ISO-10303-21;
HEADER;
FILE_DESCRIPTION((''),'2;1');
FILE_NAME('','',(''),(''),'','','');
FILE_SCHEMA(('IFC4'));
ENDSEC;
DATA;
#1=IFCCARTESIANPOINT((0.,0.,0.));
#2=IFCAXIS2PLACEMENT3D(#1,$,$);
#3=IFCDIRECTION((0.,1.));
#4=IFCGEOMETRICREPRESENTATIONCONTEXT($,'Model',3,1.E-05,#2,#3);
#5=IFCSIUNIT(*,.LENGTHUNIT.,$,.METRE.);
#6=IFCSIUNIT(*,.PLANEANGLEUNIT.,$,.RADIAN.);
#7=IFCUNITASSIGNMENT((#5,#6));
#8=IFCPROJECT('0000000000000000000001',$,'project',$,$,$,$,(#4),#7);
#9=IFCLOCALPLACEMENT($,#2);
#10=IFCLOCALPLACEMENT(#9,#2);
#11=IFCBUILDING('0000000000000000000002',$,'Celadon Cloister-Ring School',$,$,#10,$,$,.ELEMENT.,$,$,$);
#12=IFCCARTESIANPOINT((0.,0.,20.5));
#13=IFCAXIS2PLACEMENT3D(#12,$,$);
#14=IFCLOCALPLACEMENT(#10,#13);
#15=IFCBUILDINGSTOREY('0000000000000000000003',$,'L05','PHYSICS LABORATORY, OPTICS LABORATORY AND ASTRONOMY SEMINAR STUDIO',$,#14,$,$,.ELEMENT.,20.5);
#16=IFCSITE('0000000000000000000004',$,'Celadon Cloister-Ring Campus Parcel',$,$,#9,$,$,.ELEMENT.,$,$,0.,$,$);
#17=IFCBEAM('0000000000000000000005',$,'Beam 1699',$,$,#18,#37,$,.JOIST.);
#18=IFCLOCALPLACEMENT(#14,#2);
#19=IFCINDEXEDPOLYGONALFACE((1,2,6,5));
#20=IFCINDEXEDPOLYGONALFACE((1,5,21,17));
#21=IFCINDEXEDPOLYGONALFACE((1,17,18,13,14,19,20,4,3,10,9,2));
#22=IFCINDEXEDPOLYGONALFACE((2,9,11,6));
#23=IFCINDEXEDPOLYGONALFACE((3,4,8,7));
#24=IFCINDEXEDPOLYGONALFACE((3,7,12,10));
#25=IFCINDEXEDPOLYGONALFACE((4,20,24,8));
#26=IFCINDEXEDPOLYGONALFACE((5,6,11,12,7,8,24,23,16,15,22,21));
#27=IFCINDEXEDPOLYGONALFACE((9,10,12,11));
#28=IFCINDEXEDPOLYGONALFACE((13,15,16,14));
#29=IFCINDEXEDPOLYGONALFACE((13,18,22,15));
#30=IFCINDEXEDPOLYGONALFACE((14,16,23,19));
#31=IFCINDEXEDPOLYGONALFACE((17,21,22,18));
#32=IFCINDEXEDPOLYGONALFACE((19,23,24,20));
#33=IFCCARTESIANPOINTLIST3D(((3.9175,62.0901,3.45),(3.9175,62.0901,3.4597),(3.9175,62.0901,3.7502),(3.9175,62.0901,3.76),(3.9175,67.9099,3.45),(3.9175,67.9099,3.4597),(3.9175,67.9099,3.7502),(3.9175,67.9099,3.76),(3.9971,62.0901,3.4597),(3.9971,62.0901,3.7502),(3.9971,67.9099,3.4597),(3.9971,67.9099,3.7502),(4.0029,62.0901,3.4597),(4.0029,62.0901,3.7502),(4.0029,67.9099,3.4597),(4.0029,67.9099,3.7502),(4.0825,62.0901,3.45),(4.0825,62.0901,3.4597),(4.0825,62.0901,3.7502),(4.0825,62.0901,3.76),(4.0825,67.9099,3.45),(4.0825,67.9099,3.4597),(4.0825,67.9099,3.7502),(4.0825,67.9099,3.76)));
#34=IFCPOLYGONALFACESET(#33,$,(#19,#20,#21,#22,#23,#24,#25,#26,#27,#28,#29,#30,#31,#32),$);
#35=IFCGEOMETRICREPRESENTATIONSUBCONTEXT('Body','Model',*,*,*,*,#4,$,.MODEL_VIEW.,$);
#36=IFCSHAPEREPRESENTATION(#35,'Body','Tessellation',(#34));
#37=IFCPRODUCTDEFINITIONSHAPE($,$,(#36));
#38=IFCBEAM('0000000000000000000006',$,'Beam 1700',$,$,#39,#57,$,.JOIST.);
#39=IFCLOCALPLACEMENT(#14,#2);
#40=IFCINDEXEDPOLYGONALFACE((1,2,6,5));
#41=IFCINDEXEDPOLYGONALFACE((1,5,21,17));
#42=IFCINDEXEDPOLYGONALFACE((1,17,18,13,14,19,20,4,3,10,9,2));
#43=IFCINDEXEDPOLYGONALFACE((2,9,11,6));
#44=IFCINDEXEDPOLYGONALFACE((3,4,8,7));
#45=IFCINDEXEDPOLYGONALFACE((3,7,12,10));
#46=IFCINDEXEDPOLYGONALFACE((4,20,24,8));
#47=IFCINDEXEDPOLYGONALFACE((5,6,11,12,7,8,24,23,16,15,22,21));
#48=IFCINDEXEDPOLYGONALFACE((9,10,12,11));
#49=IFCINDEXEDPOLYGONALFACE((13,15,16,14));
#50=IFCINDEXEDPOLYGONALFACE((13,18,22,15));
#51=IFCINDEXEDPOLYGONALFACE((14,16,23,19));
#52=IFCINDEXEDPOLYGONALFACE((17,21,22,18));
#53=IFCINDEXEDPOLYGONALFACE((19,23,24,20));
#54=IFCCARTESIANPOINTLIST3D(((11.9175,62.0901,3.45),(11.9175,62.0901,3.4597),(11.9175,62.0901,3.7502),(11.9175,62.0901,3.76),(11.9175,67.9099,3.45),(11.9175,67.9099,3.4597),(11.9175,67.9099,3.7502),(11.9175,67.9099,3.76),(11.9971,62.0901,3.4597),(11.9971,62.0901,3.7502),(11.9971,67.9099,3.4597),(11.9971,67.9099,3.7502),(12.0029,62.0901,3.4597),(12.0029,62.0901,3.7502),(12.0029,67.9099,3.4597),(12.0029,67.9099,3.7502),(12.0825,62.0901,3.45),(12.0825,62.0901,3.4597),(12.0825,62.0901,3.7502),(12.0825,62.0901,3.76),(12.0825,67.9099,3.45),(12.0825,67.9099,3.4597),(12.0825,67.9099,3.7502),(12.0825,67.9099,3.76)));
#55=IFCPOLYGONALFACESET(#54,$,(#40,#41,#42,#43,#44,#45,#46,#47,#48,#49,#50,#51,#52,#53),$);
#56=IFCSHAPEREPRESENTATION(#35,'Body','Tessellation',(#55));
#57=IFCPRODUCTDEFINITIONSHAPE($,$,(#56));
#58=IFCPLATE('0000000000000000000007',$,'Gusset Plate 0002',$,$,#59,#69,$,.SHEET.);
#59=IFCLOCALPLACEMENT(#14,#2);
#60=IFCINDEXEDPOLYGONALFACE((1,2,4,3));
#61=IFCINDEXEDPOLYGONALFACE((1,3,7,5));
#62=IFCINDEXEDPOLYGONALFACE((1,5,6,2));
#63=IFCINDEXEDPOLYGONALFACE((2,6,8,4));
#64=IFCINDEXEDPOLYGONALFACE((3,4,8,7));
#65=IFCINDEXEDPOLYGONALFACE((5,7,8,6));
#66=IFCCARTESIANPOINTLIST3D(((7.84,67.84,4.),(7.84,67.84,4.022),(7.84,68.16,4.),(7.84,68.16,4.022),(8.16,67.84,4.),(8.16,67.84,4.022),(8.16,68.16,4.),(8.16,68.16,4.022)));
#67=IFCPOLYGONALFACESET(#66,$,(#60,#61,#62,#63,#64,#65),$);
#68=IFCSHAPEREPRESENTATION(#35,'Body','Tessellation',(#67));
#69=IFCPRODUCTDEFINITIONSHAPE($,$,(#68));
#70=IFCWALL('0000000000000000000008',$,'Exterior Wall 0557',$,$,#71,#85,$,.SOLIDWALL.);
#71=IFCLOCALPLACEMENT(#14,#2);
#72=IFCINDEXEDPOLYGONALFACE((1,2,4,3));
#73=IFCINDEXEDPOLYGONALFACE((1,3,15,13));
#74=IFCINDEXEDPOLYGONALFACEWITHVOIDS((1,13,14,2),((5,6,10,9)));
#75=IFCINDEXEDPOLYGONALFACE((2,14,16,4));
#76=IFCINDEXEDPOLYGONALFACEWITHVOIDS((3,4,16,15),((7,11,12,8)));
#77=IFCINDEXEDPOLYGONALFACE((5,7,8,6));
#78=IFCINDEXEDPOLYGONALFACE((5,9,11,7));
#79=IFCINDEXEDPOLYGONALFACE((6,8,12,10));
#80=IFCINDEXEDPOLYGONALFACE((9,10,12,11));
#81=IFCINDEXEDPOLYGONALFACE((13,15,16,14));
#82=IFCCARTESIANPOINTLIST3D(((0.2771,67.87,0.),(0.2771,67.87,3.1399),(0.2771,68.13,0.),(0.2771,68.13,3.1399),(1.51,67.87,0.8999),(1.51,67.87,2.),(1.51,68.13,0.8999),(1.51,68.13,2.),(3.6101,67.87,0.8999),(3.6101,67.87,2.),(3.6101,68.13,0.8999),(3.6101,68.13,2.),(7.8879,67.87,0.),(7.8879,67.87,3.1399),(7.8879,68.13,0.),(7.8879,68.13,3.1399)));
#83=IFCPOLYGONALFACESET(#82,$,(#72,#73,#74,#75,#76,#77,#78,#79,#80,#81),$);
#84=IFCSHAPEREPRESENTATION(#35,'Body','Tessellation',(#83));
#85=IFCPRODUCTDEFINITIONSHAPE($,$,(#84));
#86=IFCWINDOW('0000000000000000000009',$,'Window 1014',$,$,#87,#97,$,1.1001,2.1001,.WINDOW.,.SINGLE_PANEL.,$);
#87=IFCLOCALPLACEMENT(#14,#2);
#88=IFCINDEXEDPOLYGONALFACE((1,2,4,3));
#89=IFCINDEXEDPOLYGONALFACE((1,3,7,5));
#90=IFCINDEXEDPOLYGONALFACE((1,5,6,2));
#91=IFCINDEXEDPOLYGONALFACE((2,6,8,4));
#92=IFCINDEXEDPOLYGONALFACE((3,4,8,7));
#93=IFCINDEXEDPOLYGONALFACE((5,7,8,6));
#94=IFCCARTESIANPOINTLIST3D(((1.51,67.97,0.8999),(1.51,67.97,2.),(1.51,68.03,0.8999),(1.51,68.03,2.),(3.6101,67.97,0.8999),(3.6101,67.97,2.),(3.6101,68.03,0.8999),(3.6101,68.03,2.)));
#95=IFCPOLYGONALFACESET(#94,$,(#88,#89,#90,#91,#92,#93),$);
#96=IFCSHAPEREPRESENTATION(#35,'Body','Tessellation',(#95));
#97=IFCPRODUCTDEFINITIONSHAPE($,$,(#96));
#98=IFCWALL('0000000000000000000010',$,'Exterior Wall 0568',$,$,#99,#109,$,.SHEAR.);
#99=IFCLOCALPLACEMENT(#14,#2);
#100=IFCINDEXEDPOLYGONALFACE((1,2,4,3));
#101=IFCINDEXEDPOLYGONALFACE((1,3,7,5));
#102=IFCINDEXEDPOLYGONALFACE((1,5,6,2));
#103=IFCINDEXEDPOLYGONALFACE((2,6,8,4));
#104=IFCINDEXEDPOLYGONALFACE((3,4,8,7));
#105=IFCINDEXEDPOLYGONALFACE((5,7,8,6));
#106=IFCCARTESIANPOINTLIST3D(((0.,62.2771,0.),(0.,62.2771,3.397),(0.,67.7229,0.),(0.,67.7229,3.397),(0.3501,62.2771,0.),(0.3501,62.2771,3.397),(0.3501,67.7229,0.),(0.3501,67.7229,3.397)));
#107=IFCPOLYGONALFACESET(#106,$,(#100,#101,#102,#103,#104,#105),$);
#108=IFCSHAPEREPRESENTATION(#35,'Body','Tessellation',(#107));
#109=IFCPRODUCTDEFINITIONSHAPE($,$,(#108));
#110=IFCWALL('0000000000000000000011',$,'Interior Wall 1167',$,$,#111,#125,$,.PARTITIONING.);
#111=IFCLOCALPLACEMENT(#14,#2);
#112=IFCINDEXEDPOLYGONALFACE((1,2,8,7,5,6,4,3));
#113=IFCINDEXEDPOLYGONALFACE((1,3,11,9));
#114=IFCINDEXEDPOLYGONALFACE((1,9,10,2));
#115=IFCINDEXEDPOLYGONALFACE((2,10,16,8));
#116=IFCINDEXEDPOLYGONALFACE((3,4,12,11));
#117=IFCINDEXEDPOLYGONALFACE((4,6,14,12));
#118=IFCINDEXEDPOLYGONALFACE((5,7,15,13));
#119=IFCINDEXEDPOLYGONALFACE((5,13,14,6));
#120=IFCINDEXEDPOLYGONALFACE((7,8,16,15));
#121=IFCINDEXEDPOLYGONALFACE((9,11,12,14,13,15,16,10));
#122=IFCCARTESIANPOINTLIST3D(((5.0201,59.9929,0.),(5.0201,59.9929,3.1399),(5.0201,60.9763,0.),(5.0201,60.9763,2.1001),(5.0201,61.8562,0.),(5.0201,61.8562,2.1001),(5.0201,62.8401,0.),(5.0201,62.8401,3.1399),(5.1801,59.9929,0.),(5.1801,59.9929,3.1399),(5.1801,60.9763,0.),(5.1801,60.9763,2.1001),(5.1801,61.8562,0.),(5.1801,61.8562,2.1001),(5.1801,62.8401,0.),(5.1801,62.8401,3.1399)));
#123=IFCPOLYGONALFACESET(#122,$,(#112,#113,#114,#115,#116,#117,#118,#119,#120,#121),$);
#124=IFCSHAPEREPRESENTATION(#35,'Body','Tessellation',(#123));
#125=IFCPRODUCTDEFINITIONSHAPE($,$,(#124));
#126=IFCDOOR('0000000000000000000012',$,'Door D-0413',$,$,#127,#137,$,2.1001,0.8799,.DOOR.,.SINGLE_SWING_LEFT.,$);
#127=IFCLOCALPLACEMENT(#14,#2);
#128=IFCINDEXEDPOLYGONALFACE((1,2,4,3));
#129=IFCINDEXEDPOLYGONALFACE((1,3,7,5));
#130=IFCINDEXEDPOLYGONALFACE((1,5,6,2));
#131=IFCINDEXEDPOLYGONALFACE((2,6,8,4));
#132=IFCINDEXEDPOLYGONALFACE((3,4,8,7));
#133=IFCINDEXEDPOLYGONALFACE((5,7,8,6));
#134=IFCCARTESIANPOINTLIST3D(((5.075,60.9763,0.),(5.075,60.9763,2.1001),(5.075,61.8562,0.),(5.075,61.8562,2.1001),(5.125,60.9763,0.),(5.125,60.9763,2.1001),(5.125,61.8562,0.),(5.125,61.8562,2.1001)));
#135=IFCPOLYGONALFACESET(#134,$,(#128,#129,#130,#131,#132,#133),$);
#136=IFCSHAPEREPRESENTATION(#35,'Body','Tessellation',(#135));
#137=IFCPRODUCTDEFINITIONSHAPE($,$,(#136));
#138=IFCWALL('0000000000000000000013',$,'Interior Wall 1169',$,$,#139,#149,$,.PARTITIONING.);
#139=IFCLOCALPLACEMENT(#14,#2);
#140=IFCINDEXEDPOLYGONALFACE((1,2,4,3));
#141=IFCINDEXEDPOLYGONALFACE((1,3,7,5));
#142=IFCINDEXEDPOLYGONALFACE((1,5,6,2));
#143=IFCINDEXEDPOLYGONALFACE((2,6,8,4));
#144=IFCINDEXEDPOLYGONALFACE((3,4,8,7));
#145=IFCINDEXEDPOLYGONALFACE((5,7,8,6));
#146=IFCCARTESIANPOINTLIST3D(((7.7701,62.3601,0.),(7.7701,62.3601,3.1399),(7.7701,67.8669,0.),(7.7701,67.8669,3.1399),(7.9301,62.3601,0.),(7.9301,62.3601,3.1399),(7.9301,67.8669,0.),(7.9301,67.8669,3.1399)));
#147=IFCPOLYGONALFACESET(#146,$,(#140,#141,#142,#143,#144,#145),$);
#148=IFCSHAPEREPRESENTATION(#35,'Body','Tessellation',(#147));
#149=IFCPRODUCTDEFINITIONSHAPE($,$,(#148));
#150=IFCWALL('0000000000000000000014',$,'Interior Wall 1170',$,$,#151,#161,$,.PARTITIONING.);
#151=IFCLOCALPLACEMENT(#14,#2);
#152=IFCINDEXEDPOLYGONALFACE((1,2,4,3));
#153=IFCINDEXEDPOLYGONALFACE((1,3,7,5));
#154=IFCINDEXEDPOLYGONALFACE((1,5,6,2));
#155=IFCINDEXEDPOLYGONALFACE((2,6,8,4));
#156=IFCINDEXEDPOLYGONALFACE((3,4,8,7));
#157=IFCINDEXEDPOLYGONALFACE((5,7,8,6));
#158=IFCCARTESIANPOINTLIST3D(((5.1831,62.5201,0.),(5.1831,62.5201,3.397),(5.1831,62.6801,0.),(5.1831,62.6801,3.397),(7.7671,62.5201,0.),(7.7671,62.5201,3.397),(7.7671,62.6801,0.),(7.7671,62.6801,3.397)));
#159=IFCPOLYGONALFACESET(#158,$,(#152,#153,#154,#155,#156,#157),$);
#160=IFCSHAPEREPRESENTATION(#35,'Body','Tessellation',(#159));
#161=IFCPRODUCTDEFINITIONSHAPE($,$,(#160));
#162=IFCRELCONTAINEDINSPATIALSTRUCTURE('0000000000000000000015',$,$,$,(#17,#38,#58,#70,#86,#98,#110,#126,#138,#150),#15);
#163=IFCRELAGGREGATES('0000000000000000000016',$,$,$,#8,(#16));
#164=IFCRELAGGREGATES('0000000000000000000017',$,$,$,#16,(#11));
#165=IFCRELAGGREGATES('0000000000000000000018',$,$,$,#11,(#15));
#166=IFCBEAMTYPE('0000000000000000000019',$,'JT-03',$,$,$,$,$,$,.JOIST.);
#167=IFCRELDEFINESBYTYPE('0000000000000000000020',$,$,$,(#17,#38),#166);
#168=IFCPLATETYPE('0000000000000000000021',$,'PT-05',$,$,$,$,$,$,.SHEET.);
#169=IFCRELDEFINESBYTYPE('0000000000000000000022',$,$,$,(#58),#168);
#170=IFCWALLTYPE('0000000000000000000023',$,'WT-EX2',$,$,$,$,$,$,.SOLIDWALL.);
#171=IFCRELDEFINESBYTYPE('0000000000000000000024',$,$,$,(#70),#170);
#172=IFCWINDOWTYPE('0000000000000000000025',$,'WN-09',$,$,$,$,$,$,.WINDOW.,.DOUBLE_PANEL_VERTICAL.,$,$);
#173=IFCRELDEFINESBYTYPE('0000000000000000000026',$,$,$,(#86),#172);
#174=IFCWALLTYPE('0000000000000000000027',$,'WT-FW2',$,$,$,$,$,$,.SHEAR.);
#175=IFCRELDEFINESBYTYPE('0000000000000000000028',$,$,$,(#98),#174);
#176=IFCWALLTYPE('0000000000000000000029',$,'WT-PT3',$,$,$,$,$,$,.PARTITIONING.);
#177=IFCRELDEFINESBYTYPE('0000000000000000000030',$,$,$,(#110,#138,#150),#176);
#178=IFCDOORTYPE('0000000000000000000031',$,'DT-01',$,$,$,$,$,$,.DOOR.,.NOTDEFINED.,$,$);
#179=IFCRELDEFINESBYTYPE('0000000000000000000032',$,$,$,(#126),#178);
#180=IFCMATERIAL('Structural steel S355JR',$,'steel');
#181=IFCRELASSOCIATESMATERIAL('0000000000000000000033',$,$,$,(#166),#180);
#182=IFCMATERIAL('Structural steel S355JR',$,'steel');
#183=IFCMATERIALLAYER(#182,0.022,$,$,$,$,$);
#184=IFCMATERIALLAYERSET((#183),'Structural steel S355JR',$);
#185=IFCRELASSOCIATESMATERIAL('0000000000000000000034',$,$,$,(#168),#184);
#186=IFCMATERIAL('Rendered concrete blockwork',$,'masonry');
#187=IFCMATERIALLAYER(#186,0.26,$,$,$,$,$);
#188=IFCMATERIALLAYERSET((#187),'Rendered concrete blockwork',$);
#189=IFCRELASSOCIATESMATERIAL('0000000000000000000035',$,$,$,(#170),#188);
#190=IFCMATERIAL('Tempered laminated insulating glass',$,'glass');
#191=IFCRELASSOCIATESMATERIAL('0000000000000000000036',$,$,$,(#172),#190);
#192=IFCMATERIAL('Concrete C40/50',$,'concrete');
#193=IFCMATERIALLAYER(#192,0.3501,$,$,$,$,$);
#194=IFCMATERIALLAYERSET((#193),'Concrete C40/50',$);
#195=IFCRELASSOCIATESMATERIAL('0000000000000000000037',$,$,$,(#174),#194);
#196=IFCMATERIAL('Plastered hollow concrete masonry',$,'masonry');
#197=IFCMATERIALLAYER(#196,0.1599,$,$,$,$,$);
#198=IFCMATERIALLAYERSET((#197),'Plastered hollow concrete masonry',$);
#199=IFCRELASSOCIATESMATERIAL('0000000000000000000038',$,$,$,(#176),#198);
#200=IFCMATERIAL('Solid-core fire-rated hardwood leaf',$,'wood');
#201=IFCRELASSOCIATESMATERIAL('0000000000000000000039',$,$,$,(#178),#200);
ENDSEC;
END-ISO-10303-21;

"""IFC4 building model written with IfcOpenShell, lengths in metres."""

from ifc_helpers import new_model, si_unit, direction, frame, frame_2d, origin, origin_2d, place, context, subcontext, project, spatial, rectangle, i_section, extrude, material, layer, layer_set, material_profile, profile_set, type_object, element, fill, save


model = new_model("IFC4")

# Units and contexts
model_context = context("Model", 3, precision=1e-05, world=origin(), true_north=direction((0.0, 1.0)))
body_context = subcontext(model_context, "Body", "Model", "MODEL_VIEW")
ifc_project = project(units=[si_unit("LENGTHUNIT", "METRE"), si_unit("PLANEANGLEUNIT", "RADIAN")], contexts=[model_context])

# Site, building, storey
site_placement = place(None, origin())
site = spatial("IfcSite", under=ifc_project, at=site_placement, Name="Celadon Cloister-Ring Campus Parcel", CompositionType="ELEMENT", RefElevation=0.0)
building_placement = place(site_placement, origin())
building = spatial("IfcBuilding", under=site, at=building_placement, Name="Celadon Cloister-Ring School", CompositionType="ELEMENT")
storey_placement = place(building_placement, frame((0.0, 0.0, 20.5)))
storey = spatial("IfcBuildingStorey", under=building, at=storey_placement, Name="L05", Description="PHYSICS LABORATORY, OPTICS LABORATORY AND ASTRONOMY SEMINAR STUDIO", CompositionType="ELEMENT", Elevation=20.5)

# Beams
ifc_material_1 = material(Name="Structural steel S355JR", Category="steel")
ifc_material_profile_1 = material_profile(ifc_material_1, i_section(OverallWidth=0.165, OverallDepth=0.3101, WebThickness=0.0059, FlangeThickness=0.0098, at=origin_2d()), Name="W310X39")
ifc_profile_set_1 = profile_set([ifc_material_profile_1], Name="Structural steel S355JR")
beam_type_1 = type_object("IfcBeamType", Name="JT-03", PredefinedType="JOIST", material=ifc_profile_set_1)
for number, where, z_axis, x_axis, name in (
    (1, (4.0, 62.0901, 3.605), (0.0, 1.0, 0.0), (-1.0, 0.0, 0.0), "Beam 1699"),
    (2, (12.0, 62.0901, 3.605), (0.0, 1.0, 0.0), (-1.0, 0.0, 0.0), "Beam 1700"),
):
    element("IfcBeam", number, at=place(storey_placement, frame(where, z_axis=z_axis, x_axis=x_axis)), inside=storey, type_object=beam_type_1, Name=name, PredefinedType="JOIST", context=body_context, shape_type="SweptSolid", body=[
        extrude(i_section(OverallWidth=0.165, OverallDepth=0.3101, WebThickness=0.0059, FlangeThickness=0.0098, at=origin_2d()), origin(), (0.0, 0.0, 1.0), 5.8198),
    ])

# Plate
ifc_material_2 = material(Name="Structural steel S355JR", Category="steel")
ifc_layer_1 = layer(ifc_material_2, 0.022)
ifc_layer_set_1 = layer_set([ifc_layer_1], Name="Structural steel S355JR")
plate_type = type_object("IfcPlateType", Name="PT-05", PredefinedType="SHEET", material=ifc_layer_set_1)
plate_placement = place(storey_placement, frame((8.0, 68.0, 4.0), z_axis=(0.0, 0.0, 1.0), x_axis=(1.0, 0.0, 0.0)))
element("IfcPlate", 3, at=plate_placement, inside=storey, type_object=plate_type, Name="Gusset Plate 0002", PredefinedType="SHEET", context=body_context, shape_type="SweptSolid", body=[
    extrude(rectangle(XDim=0.3201, YDim=0.3201, at=origin_2d()), origin(), (0.0, 0.0, 1.0), 0.022),
])

# Wall, opening, window
ifc_material_3 = material(Name="Rendered concrete blockwork", Category="masonry")
ifc_layer_2 = layer(ifc_material_3, 0.26)
ifc_layer_set_2 = layer_set([ifc_layer_2], Name="Rendered concrete blockwork")
wall_type_1 = type_object("IfcWallType", Name="WT-EX2", PredefinedType="SOLIDWALL", material=ifc_layer_set_2)
wall_1_placement = place(storey_placement, frame((0.2771, 68.0, 0.0), z_axis=(0.0, 0.0, 1.0), x_axis=(1.0, 0.0, 0.0)))
wall_1 = element("IfcWall", 4, at=wall_1_placement, inside=storey, type_object=wall_type_1, Name="Exterior Wall 0557", PredefinedType="SOLIDWALL", context=body_context, shape_type="SweptSolid", body=[
    extrude(rectangle(XDim=7.6108, YDim=0.26, at=frame_2d((3.8054, 0.0))), origin(), (0.0, 0.0, 1.0), 3.1399),
])
opening_1_placement = place(wall_1_placement, frame((1.2329, 0.0, 0.8999)))
opening_1 = element("IfcOpeningElement", 5, at=opening_1_placement, cuts=wall_1, PredefinedType="OPENING", context=body_context, shape_type="SweptSolid", body=[
    extrude(rectangle(XDim=2.1001, YDim=1.1001, at=frame_2d((1.05, 0.55))), frame((0.0, 0.1401, 0.0), z_axis=(0.0, -1.0, 0.0), x_axis=(1.0, 0.0, 0.0)), (0.0, 0.0, 1.0), 0.28),
])
ifc_material_4 = material(Name="Tempered laminated insulating glass", Category="glass")
window_type = type_object("IfcWindowType", Name="WN-09", PartitioningType="DOUBLE_PANEL_VERTICAL", PredefinedType="WINDOW", material=ifc_material_4)
window_placement = place(opening_1_placement, origin())
window = element("IfcWindow", 6, at=window_placement, inside=storey, type_object=window_type, Name="Window 1014", OverallHeight=1.1001, OverallWidth=2.1001, PartitioningType="SINGLE_PANEL", PredefinedType="WINDOW", context=body_context, shape_type="SweptSolid", body=[
    extrude(rectangle(XDim=2.1001, YDim=1.1001, at=frame_2d((1.05, 0.55))), frame((0.0, 0.03, 0.0), z_axis=(0.0, -1.0, 0.0), x_axis=(1.0, 0.0, 0.0)), (0.0, 0.0, 1.0), 0.0601),
])
fill(opening_1, window)

# Wall
ifc_material_5 = material(Name="Concrete C40/50", Category="concrete")
ifc_layer_3 = layer(ifc_material_5, 0.3501)
ifc_layer_set_3 = layer_set([ifc_layer_3], Name="Concrete C40/50")
wall_type_2 = type_object("IfcWallType", Name="WT-FW2", PredefinedType="SHEAR", material=ifc_layer_set_3)
wall_2_placement = place(storey_placement, frame((0.175, 62.2771, 0.0), z_axis=(0.0, 0.0, 1.0), x_axis=(0.0, 1.0, 0.0)))
element("IfcWall", 7, at=wall_2_placement, inside=storey, type_object=wall_type_2, Name="Exterior Wall 0568", PredefinedType="SHEAR", context=body_context, shape_type="SweptSolid", body=[
    extrude(rectangle(XDim=5.4458, YDim=0.3501, at=frame_2d((2.7229, 0.0))), origin(), (0.0, 0.0, 1.0), 3.397),
])

# Wall, opening, door
ifc_material_6 = material(Name="Plastered hollow concrete masonry", Category="masonry")
ifc_layer_4 = layer(ifc_material_6, 0.1599)
ifc_layer_set_4 = layer_set([ifc_layer_4], Name="Plastered hollow concrete masonry")
wall_type_3 = type_object("IfcWallType", Name="WT-PT3", PredefinedType="PARTITIONING", material=ifc_layer_set_4)
wall_3_placement = place(storey_placement, frame((5.1001, 62.8401, 0.0), z_axis=(0.0, 0.0, 1.0), x_axis=(0.0, -1.0, 0.0)))
wall_3 = element("IfcWall", 8, at=wall_3_placement, inside=storey, type_object=wall_type_3, Name="Interior Wall 1167", PredefinedType="PARTITIONING", context=body_context, shape_type="SweptSolid", body=[
    extrude(rectangle(XDim=2.8472, YDim=0.1599, at=frame_2d((1.4236, 0.0))), origin(), (0.0, 0.0, 1.0), 3.1399),
])
opening_2_placement = place(wall_3_placement, frame((0.9839, 0.0, 0.0)))
opening_2 = element("IfcOpeningElement", 9, at=opening_2_placement, cuts=wall_3, PredefinedType="OPENING", context=body_context, shape_type="SweptSolid", body=[
    extrude(rectangle(XDim=0.8799, YDim=2.1001, at=frame_2d((0.4399, 1.05))), frame((0.0, 0.0898, 0.0), z_axis=(0.0, -1.0, 0.0), x_axis=(1.0, 0.0, 0.0)), (0.0, 0.0, 1.0), 0.1799),
])
ifc_material_7 = material(Name="Solid-core fire-rated hardwood leaf", Category="wood")
door_type = type_object("IfcDoorType", Name="DT-01", OperationType="NOTDEFINED", PredefinedType="DOOR", material=ifc_material_7)
door_placement = place(opening_2_placement, origin())
door = element("IfcDoor", 10, at=door_placement, inside=storey, type_object=door_type, Name="Door D-0413", OperationType="SINGLE_SWING_LEFT", OverallHeight=2.1001, OverallWidth=0.8799, PredefinedType="DOOR", context=body_context, shape_type="SweptSolid", body=[
    extrude(rectangle(XDim=0.8799, YDim=2.1001, at=frame_2d((0.4399, 1.05))), frame((0.0, 0.0249, 0.0), z_axis=(0.0, -1.0, 0.0), x_axis=(1.0, 0.0, 0.0)), (0.0, 0.0, 1.0), 0.05),
])
fill(opening_2, door)

# Walls
wall_4_placement = place(storey_placement, frame((7.8501, 67.8669, 0.0), z_axis=(0.0, 0.0, 1.0), x_axis=(0.0, -1.0, 0.0)))
element("IfcWall", 11, at=wall_4_placement, inside=storey, type_object=wall_type_3, Name="Interior Wall 1169", PredefinedType="PARTITIONING", context=body_context, shape_type="SweptSolid", body=[
    extrude(rectangle(XDim=5.5068, YDim=0.1599, at=frame_2d((2.7534, 0.0))), origin(), (0.0, 0.0, 1.0), 3.1399),
])
wall_5_placement = place(storey_placement, frame((7.7671, 62.6001, 0.0), z_axis=(0.0, 0.0, 1.0), x_axis=(-1.0, 0.0, 0.0)))
element("IfcWall", 12, at=wall_5_placement, inside=storey, type_object=wall_type_3, Name="Interior Wall 1170", PredefinedType="PARTITIONING", context=body_context, shape_type="SweptSolid", body=[
    extrude(rectangle(XDim=2.584, YDim=0.1599, at=frame_2d((1.292, 0.0))), origin(), (0.0, 0.0, 1.0), 3.397),
])

save(model, "model.ifc")
